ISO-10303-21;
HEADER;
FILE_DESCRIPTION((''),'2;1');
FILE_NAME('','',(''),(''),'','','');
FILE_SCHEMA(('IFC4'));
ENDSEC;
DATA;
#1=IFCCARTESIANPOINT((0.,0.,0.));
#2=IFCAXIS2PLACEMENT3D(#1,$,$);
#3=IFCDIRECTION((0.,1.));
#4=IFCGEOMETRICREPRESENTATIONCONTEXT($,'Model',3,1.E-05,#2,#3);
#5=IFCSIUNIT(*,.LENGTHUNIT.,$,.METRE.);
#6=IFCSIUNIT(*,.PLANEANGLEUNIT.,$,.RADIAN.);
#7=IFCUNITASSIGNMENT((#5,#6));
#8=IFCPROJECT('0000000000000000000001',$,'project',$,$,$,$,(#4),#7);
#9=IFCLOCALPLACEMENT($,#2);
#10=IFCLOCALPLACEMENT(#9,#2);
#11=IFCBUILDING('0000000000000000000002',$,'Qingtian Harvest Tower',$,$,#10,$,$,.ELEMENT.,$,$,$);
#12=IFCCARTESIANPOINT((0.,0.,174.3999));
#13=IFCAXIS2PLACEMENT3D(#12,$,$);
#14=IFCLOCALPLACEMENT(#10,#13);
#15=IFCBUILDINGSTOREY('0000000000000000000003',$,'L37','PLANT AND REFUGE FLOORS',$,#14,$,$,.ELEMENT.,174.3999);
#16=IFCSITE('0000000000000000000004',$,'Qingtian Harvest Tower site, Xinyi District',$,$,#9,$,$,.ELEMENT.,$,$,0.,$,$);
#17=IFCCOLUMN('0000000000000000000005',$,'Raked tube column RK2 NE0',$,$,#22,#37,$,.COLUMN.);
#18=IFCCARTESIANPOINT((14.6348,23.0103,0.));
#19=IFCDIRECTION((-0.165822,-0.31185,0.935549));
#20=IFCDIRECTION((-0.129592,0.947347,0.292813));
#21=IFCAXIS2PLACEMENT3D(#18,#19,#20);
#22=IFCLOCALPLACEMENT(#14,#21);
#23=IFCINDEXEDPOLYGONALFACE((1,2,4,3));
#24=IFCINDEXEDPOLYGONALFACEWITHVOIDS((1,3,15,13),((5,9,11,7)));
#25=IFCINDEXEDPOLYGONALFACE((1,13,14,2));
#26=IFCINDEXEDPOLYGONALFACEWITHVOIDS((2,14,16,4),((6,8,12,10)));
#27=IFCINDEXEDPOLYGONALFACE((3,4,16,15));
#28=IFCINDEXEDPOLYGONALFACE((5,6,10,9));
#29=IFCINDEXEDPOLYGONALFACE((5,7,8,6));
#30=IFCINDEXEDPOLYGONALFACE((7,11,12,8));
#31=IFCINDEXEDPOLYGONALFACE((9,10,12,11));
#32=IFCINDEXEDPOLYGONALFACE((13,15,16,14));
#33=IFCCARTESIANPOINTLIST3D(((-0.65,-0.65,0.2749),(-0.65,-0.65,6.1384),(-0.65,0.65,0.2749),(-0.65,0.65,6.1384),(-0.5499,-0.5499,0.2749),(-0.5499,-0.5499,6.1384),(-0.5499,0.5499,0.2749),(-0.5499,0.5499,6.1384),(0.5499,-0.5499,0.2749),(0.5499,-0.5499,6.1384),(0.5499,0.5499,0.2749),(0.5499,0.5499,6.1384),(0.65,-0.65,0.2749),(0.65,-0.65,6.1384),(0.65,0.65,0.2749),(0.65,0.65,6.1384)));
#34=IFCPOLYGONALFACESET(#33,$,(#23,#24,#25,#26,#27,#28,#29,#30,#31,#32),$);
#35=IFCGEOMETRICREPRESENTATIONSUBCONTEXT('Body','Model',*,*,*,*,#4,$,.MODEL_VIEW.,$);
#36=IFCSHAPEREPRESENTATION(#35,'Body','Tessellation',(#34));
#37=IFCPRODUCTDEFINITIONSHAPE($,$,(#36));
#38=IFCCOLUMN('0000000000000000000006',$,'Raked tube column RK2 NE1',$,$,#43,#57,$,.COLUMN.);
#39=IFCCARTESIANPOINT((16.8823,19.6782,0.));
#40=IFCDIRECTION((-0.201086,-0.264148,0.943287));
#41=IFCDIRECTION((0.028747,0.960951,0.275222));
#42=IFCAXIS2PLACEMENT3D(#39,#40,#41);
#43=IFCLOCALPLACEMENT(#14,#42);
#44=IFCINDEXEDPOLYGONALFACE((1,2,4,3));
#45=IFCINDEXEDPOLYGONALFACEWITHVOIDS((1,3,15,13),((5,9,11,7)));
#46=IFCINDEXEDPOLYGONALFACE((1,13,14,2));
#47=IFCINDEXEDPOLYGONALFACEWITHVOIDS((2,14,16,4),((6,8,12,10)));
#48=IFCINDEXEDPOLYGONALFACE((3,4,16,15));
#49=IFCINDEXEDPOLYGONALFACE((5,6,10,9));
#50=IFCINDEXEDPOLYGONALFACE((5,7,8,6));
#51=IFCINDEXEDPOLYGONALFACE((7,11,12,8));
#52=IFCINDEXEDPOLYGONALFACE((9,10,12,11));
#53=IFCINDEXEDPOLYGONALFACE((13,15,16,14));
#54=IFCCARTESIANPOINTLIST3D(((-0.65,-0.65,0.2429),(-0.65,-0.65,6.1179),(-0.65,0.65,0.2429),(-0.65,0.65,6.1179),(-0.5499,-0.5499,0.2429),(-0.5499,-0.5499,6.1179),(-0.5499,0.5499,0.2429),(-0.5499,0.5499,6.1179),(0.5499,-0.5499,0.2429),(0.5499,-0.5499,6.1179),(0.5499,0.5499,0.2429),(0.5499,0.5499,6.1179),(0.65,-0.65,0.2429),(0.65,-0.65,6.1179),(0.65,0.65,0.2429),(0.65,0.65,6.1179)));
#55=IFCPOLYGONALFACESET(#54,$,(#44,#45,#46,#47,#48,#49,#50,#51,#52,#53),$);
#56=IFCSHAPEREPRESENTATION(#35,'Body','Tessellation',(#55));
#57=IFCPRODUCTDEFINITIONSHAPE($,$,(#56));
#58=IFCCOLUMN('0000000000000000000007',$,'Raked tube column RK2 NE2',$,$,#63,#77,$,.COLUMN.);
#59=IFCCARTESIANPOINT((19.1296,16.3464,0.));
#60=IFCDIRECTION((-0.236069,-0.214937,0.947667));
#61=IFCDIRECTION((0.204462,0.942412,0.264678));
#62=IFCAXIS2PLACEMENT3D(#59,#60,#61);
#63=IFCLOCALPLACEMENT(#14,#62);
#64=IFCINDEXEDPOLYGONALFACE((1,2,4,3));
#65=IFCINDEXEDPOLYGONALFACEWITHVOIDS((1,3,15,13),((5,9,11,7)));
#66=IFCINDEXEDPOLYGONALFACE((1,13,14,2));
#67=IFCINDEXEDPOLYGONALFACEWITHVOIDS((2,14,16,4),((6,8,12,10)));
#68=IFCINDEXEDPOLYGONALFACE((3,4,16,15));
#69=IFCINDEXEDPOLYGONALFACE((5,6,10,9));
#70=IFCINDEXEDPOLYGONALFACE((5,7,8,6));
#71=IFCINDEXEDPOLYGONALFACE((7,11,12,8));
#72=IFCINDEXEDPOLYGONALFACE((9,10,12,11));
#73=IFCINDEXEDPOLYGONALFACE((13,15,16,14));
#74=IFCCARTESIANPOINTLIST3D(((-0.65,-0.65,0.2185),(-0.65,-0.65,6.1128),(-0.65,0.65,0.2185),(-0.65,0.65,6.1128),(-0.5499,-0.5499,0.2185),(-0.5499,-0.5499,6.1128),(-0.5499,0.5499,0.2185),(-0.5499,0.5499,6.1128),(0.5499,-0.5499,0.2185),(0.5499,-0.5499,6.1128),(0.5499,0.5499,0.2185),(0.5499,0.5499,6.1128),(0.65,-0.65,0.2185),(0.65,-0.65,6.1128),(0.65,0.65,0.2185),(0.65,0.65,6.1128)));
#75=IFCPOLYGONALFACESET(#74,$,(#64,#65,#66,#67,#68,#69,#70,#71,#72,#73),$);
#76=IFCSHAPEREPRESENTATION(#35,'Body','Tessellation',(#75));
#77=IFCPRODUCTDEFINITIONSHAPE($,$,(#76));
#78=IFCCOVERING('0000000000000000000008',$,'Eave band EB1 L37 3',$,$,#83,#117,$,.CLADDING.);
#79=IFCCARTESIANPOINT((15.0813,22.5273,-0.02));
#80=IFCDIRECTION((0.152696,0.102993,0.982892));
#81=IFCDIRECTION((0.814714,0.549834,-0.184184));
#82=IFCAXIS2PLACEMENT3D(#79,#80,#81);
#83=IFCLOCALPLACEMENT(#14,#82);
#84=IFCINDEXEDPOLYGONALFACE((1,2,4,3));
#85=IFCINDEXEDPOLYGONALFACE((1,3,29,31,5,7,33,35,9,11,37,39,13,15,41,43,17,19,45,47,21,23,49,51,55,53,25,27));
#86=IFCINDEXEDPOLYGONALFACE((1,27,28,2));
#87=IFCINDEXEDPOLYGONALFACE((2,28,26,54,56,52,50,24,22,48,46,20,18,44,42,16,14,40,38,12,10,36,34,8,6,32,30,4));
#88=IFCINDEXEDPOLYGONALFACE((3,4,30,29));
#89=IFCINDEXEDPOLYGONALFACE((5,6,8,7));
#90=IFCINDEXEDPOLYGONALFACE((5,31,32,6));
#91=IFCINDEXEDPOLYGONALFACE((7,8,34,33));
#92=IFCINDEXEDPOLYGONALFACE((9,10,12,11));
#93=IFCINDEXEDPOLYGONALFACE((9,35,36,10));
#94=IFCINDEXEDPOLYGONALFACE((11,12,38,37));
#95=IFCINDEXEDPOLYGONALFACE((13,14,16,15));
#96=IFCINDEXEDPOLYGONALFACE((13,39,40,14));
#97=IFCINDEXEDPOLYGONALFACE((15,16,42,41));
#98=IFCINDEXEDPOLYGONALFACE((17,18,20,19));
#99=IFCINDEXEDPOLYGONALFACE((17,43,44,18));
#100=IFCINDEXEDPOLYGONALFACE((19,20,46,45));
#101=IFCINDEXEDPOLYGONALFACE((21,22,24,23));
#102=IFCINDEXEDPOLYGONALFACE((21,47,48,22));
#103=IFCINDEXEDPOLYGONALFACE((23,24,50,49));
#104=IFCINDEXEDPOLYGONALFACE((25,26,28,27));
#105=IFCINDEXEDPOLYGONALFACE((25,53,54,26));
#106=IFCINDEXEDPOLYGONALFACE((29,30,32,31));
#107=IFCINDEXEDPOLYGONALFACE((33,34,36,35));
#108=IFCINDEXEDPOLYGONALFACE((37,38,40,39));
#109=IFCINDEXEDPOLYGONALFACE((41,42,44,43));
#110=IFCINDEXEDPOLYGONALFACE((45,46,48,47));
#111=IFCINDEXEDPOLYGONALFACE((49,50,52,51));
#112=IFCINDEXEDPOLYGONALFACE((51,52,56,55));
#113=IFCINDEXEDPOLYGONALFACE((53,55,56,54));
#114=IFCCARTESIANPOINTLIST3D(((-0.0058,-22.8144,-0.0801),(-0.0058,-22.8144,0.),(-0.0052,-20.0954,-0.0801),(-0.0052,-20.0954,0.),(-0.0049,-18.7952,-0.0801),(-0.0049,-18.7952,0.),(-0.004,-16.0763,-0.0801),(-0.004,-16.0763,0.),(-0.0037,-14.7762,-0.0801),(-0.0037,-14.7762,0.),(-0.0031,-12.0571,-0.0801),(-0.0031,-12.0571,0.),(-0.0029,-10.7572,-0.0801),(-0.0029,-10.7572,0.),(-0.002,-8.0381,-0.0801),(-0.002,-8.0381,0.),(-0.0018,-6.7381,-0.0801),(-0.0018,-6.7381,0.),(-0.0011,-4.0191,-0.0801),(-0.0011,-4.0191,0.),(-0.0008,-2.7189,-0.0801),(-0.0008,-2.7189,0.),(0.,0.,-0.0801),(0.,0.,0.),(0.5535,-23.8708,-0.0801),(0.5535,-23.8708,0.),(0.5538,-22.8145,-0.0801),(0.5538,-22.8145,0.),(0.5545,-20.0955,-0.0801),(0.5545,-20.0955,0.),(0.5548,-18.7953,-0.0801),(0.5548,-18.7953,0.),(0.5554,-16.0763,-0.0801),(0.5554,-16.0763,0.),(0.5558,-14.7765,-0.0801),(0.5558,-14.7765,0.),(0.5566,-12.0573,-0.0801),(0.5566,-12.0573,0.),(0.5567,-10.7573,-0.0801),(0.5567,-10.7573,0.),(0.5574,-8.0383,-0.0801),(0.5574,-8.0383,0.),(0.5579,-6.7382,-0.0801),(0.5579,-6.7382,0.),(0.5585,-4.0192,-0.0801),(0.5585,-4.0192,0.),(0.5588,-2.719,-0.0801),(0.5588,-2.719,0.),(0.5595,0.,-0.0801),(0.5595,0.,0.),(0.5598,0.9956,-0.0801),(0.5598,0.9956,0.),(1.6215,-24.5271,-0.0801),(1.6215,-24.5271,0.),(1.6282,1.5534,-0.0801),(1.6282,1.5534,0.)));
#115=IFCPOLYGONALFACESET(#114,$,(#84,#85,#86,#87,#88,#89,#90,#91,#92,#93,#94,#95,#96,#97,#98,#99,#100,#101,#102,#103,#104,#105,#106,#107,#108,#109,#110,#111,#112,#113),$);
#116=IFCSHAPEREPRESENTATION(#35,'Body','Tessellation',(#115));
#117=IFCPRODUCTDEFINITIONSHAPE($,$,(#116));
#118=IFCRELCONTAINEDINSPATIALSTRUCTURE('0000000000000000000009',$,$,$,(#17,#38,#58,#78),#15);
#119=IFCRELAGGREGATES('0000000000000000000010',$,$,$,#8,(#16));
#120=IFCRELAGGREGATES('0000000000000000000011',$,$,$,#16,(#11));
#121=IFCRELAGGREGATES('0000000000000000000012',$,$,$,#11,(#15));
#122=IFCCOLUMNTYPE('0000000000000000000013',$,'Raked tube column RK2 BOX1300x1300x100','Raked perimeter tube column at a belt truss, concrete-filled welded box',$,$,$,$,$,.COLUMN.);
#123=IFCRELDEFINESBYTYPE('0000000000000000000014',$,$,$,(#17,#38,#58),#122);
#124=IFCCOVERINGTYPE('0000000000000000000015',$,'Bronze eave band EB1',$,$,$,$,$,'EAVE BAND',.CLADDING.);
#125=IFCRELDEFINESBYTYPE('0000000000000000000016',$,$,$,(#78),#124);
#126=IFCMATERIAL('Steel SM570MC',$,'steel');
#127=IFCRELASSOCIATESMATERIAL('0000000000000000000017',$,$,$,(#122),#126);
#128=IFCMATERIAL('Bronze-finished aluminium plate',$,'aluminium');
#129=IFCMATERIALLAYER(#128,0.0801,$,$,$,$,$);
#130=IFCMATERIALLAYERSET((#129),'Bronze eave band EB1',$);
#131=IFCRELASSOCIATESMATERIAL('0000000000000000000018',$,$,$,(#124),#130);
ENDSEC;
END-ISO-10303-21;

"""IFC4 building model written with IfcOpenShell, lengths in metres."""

from ifc_helpers import new_model, si_unit, direction, frame, origin, origin_2d, place, context, subcontext, project, spatial, polyline, hollow_rectangle, outline, extrude, clip, halfspace, material, layer, layer_set, material_profile, profile_set, type_object, element, save


model = new_model("IFC4")

# Units and contexts
model_context = context("Model", 3, precision=1e-05, world=origin(), true_north=direction((0.0, 1.0)))
body_context = subcontext(model_context, "Body", "Model", "MODEL_VIEW")
ifc_project = project(units=[si_unit("LENGTHUNIT", "METRE"), si_unit("PLANEANGLEUNIT", "RADIAN")], contexts=[model_context])

# Site, building, storey
site_placement = place(None, origin())
site = spatial("IfcSite", under=ifc_project, at=site_placement, Name="Qingtian Harvest Tower site, Xinyi District", CompositionType="ELEMENT", RefElevation=0.0)
building_placement = place(site_placement, origin())
building = spatial("IfcBuilding", under=site, at=building_placement, Name="Qingtian Harvest Tower", CompositionType="ELEMENT")
storey_placement = place(building_placement, frame((0.0, 0.0, 174.3999)))
storey = spatial("IfcBuildingStorey", under=building, at=storey_placement, Name="L37", Description="PLANT AND REFUGE FLOORS", CompositionType="ELEMENT", Elevation=174.3999)

# Columns
ifc_material_1 = material(Name="Steel SM570MC", Category="steel")
ifc_material_profile_1 = material_profile(ifc_material_1, hollow_rectangle(XDim=1.3, YDim=1.3, WallThickness=0.1001, at=origin_2d()), Name="BOX1300x1300x100")
ifc_profile_set_1 = profile_set([ifc_material_profile_1], Name="Steel SM570MC")
column_type = type_object("IfcColumnType", Name="Raked tube column RK2 BOX1300x1300x100", Description="Raked perimeter tube column at a belt truss, concrete-filled welded box", PredefinedType="COLUMN", material=ifc_profile_set_1)
column_1_placement = place(storey_placement, frame((14.6348, 23.0103, 0.0), z_axis=(-0.165822, -0.31185, 0.935549), x_axis=(-0.129592, 0.947347, 0.292813)))
element("IfcColumn", 1, at=column_1_placement, inside=storey, type_object=column_type, Name="Raked tube column RK2 NE0", PredefinedType="COLUMN", context=body_context, shape_type="Clipping", body=[
    clip(clip(extrude(hollow_rectangle(XDim=1.3, YDim=1.3, WallThickness=0.1001, at=origin_2d()), origin(), (0.0, 0.0, 1.0), 6.4133), halfspace(frame((0.0, 0.0, 0.2749), z_axis=(0.0, 0.0, -1.0), x_axis=(0.0, -1.0, 0.0)), False)), halfspace(frame((0.0, 0.0, 6.1384), z_axis=(0.0, 0.0, 1.0), x_axis=(0.0, 1.0, 0.0)), False)),
])
column_2_placement = place(storey_placement, frame((16.8823, 19.6782, 0.0), z_axis=(-0.201086, -0.264148, 0.943287), x_axis=(0.028747, 0.960951, 0.275222)))
element("IfcColumn", 2, at=column_2_placement, inside=storey, type_object=column_type, Name="Raked tube column RK2 NE1", PredefinedType="COLUMN", context=body_context, shape_type="Clipping", body=[
    clip(clip(extrude(hollow_rectangle(XDim=1.3, YDim=1.3, WallThickness=0.1001, at=origin_2d()), origin(), (0.0, 0.0, 1.0), 6.3608), halfspace(frame((0.0, 0.0, 0.2429), z_axis=(0.0, 0.0, -1.0), x_axis=(0.0, -1.0, 0.0)), False)), halfspace(frame((0.0, 0.0, 6.1179), z_axis=(0.0, 0.0, 1.0), x_axis=(0.0, 1.0, 0.0)), False)),
])
column_3_placement = place(storey_placement, frame((19.1296, 16.3464, 0.0), z_axis=(-0.236069, -0.214937, 0.947667), x_axis=(0.204462, 0.942412, 0.264678)))
element("IfcColumn", 3, at=column_3_placement, inside=storey, type_object=column_type, Name="Raked tube column RK2 NE2", PredefinedType="COLUMN", context=body_context, shape_type="Clipping", body=[
    clip(clip(extrude(hollow_rectangle(XDim=1.3, YDim=1.3, WallThickness=0.1001, at=origin_2d()), origin(), (0.0, 0.0, 1.0), 6.3313), halfspace(frame((0.0, 0.0, 0.2185), z_axis=(0.0, 0.0, -1.0), x_axis=(0.0, -1.0, 0.0)), False)), halfspace(frame((0.0, 0.0, 6.1128), z_axis=(0.0, 0.0, 1.0), x_axis=(0.0, 1.0, 0.0)), False)),
])

# Covering
ifc_material_2 = material(Name="Bronze-finished aluminium plate", Category="aluminium")
ifc_layer_1 = layer(ifc_material_2, 0.0801)
ifc_layer_set_1 = layer_set([ifc_layer_1], Name="Bronze eave band EB1")
covering_type = type_object("IfcCoveringType", Name="Bronze eave band EB1", ElementType="EAVE BAND", PredefinedType="CLADDING", material=ifc_layer_set_1)
covering_1_placement = place(storey_placement, frame((15.0813, 22.5273, -0.02), z_axis=(0.152696, 0.102993, 0.982892), x_axis=(0.814714, 0.549834, -0.184184)))
element("IfcCovering", 4, at=covering_1_placement, inside=storey, type_object=covering_type, Name="Eave band EB1 L37 3", PredefinedType="CLADDING", context=body_context, shape_type="SweptSolid", body=[
    extrude(outline(polyline([(0.0, 0.0), (0.5595, 0.0), (0.5598, 0.9956), (1.6282, 1.5534), (1.6215, -24.5271), (0.5535, -23.8708), (0.5538, -22.8145), (-0.0058, -22.8144), (-0.0052, -20.0954), (0.5545, -20.0955), (0.5548, -18.7953), (-0.0049, -18.7952), (-0.004, -16.0763), (0.5554, -16.0763), (0.5558, -14.7765), (-0.0037, -14.7762), (-0.0031, -12.0571), (0.5566, -12.0573), (0.5567, -10.7573), (-0.0029, -10.7572), (-0.002, -8.0381), (0.5574, -8.0383), (0.5579, -6.7382), (-0.0018, -6.7381), (-0.0011, -4.0191), (0.5585, -4.0192), (0.5588, -2.719), (-0.0008, -2.7189), (0.0, 0.0)])), origin(), (0.0, 0.0, -1.0), 0.0801),
])

save(model, "model.ifc")
